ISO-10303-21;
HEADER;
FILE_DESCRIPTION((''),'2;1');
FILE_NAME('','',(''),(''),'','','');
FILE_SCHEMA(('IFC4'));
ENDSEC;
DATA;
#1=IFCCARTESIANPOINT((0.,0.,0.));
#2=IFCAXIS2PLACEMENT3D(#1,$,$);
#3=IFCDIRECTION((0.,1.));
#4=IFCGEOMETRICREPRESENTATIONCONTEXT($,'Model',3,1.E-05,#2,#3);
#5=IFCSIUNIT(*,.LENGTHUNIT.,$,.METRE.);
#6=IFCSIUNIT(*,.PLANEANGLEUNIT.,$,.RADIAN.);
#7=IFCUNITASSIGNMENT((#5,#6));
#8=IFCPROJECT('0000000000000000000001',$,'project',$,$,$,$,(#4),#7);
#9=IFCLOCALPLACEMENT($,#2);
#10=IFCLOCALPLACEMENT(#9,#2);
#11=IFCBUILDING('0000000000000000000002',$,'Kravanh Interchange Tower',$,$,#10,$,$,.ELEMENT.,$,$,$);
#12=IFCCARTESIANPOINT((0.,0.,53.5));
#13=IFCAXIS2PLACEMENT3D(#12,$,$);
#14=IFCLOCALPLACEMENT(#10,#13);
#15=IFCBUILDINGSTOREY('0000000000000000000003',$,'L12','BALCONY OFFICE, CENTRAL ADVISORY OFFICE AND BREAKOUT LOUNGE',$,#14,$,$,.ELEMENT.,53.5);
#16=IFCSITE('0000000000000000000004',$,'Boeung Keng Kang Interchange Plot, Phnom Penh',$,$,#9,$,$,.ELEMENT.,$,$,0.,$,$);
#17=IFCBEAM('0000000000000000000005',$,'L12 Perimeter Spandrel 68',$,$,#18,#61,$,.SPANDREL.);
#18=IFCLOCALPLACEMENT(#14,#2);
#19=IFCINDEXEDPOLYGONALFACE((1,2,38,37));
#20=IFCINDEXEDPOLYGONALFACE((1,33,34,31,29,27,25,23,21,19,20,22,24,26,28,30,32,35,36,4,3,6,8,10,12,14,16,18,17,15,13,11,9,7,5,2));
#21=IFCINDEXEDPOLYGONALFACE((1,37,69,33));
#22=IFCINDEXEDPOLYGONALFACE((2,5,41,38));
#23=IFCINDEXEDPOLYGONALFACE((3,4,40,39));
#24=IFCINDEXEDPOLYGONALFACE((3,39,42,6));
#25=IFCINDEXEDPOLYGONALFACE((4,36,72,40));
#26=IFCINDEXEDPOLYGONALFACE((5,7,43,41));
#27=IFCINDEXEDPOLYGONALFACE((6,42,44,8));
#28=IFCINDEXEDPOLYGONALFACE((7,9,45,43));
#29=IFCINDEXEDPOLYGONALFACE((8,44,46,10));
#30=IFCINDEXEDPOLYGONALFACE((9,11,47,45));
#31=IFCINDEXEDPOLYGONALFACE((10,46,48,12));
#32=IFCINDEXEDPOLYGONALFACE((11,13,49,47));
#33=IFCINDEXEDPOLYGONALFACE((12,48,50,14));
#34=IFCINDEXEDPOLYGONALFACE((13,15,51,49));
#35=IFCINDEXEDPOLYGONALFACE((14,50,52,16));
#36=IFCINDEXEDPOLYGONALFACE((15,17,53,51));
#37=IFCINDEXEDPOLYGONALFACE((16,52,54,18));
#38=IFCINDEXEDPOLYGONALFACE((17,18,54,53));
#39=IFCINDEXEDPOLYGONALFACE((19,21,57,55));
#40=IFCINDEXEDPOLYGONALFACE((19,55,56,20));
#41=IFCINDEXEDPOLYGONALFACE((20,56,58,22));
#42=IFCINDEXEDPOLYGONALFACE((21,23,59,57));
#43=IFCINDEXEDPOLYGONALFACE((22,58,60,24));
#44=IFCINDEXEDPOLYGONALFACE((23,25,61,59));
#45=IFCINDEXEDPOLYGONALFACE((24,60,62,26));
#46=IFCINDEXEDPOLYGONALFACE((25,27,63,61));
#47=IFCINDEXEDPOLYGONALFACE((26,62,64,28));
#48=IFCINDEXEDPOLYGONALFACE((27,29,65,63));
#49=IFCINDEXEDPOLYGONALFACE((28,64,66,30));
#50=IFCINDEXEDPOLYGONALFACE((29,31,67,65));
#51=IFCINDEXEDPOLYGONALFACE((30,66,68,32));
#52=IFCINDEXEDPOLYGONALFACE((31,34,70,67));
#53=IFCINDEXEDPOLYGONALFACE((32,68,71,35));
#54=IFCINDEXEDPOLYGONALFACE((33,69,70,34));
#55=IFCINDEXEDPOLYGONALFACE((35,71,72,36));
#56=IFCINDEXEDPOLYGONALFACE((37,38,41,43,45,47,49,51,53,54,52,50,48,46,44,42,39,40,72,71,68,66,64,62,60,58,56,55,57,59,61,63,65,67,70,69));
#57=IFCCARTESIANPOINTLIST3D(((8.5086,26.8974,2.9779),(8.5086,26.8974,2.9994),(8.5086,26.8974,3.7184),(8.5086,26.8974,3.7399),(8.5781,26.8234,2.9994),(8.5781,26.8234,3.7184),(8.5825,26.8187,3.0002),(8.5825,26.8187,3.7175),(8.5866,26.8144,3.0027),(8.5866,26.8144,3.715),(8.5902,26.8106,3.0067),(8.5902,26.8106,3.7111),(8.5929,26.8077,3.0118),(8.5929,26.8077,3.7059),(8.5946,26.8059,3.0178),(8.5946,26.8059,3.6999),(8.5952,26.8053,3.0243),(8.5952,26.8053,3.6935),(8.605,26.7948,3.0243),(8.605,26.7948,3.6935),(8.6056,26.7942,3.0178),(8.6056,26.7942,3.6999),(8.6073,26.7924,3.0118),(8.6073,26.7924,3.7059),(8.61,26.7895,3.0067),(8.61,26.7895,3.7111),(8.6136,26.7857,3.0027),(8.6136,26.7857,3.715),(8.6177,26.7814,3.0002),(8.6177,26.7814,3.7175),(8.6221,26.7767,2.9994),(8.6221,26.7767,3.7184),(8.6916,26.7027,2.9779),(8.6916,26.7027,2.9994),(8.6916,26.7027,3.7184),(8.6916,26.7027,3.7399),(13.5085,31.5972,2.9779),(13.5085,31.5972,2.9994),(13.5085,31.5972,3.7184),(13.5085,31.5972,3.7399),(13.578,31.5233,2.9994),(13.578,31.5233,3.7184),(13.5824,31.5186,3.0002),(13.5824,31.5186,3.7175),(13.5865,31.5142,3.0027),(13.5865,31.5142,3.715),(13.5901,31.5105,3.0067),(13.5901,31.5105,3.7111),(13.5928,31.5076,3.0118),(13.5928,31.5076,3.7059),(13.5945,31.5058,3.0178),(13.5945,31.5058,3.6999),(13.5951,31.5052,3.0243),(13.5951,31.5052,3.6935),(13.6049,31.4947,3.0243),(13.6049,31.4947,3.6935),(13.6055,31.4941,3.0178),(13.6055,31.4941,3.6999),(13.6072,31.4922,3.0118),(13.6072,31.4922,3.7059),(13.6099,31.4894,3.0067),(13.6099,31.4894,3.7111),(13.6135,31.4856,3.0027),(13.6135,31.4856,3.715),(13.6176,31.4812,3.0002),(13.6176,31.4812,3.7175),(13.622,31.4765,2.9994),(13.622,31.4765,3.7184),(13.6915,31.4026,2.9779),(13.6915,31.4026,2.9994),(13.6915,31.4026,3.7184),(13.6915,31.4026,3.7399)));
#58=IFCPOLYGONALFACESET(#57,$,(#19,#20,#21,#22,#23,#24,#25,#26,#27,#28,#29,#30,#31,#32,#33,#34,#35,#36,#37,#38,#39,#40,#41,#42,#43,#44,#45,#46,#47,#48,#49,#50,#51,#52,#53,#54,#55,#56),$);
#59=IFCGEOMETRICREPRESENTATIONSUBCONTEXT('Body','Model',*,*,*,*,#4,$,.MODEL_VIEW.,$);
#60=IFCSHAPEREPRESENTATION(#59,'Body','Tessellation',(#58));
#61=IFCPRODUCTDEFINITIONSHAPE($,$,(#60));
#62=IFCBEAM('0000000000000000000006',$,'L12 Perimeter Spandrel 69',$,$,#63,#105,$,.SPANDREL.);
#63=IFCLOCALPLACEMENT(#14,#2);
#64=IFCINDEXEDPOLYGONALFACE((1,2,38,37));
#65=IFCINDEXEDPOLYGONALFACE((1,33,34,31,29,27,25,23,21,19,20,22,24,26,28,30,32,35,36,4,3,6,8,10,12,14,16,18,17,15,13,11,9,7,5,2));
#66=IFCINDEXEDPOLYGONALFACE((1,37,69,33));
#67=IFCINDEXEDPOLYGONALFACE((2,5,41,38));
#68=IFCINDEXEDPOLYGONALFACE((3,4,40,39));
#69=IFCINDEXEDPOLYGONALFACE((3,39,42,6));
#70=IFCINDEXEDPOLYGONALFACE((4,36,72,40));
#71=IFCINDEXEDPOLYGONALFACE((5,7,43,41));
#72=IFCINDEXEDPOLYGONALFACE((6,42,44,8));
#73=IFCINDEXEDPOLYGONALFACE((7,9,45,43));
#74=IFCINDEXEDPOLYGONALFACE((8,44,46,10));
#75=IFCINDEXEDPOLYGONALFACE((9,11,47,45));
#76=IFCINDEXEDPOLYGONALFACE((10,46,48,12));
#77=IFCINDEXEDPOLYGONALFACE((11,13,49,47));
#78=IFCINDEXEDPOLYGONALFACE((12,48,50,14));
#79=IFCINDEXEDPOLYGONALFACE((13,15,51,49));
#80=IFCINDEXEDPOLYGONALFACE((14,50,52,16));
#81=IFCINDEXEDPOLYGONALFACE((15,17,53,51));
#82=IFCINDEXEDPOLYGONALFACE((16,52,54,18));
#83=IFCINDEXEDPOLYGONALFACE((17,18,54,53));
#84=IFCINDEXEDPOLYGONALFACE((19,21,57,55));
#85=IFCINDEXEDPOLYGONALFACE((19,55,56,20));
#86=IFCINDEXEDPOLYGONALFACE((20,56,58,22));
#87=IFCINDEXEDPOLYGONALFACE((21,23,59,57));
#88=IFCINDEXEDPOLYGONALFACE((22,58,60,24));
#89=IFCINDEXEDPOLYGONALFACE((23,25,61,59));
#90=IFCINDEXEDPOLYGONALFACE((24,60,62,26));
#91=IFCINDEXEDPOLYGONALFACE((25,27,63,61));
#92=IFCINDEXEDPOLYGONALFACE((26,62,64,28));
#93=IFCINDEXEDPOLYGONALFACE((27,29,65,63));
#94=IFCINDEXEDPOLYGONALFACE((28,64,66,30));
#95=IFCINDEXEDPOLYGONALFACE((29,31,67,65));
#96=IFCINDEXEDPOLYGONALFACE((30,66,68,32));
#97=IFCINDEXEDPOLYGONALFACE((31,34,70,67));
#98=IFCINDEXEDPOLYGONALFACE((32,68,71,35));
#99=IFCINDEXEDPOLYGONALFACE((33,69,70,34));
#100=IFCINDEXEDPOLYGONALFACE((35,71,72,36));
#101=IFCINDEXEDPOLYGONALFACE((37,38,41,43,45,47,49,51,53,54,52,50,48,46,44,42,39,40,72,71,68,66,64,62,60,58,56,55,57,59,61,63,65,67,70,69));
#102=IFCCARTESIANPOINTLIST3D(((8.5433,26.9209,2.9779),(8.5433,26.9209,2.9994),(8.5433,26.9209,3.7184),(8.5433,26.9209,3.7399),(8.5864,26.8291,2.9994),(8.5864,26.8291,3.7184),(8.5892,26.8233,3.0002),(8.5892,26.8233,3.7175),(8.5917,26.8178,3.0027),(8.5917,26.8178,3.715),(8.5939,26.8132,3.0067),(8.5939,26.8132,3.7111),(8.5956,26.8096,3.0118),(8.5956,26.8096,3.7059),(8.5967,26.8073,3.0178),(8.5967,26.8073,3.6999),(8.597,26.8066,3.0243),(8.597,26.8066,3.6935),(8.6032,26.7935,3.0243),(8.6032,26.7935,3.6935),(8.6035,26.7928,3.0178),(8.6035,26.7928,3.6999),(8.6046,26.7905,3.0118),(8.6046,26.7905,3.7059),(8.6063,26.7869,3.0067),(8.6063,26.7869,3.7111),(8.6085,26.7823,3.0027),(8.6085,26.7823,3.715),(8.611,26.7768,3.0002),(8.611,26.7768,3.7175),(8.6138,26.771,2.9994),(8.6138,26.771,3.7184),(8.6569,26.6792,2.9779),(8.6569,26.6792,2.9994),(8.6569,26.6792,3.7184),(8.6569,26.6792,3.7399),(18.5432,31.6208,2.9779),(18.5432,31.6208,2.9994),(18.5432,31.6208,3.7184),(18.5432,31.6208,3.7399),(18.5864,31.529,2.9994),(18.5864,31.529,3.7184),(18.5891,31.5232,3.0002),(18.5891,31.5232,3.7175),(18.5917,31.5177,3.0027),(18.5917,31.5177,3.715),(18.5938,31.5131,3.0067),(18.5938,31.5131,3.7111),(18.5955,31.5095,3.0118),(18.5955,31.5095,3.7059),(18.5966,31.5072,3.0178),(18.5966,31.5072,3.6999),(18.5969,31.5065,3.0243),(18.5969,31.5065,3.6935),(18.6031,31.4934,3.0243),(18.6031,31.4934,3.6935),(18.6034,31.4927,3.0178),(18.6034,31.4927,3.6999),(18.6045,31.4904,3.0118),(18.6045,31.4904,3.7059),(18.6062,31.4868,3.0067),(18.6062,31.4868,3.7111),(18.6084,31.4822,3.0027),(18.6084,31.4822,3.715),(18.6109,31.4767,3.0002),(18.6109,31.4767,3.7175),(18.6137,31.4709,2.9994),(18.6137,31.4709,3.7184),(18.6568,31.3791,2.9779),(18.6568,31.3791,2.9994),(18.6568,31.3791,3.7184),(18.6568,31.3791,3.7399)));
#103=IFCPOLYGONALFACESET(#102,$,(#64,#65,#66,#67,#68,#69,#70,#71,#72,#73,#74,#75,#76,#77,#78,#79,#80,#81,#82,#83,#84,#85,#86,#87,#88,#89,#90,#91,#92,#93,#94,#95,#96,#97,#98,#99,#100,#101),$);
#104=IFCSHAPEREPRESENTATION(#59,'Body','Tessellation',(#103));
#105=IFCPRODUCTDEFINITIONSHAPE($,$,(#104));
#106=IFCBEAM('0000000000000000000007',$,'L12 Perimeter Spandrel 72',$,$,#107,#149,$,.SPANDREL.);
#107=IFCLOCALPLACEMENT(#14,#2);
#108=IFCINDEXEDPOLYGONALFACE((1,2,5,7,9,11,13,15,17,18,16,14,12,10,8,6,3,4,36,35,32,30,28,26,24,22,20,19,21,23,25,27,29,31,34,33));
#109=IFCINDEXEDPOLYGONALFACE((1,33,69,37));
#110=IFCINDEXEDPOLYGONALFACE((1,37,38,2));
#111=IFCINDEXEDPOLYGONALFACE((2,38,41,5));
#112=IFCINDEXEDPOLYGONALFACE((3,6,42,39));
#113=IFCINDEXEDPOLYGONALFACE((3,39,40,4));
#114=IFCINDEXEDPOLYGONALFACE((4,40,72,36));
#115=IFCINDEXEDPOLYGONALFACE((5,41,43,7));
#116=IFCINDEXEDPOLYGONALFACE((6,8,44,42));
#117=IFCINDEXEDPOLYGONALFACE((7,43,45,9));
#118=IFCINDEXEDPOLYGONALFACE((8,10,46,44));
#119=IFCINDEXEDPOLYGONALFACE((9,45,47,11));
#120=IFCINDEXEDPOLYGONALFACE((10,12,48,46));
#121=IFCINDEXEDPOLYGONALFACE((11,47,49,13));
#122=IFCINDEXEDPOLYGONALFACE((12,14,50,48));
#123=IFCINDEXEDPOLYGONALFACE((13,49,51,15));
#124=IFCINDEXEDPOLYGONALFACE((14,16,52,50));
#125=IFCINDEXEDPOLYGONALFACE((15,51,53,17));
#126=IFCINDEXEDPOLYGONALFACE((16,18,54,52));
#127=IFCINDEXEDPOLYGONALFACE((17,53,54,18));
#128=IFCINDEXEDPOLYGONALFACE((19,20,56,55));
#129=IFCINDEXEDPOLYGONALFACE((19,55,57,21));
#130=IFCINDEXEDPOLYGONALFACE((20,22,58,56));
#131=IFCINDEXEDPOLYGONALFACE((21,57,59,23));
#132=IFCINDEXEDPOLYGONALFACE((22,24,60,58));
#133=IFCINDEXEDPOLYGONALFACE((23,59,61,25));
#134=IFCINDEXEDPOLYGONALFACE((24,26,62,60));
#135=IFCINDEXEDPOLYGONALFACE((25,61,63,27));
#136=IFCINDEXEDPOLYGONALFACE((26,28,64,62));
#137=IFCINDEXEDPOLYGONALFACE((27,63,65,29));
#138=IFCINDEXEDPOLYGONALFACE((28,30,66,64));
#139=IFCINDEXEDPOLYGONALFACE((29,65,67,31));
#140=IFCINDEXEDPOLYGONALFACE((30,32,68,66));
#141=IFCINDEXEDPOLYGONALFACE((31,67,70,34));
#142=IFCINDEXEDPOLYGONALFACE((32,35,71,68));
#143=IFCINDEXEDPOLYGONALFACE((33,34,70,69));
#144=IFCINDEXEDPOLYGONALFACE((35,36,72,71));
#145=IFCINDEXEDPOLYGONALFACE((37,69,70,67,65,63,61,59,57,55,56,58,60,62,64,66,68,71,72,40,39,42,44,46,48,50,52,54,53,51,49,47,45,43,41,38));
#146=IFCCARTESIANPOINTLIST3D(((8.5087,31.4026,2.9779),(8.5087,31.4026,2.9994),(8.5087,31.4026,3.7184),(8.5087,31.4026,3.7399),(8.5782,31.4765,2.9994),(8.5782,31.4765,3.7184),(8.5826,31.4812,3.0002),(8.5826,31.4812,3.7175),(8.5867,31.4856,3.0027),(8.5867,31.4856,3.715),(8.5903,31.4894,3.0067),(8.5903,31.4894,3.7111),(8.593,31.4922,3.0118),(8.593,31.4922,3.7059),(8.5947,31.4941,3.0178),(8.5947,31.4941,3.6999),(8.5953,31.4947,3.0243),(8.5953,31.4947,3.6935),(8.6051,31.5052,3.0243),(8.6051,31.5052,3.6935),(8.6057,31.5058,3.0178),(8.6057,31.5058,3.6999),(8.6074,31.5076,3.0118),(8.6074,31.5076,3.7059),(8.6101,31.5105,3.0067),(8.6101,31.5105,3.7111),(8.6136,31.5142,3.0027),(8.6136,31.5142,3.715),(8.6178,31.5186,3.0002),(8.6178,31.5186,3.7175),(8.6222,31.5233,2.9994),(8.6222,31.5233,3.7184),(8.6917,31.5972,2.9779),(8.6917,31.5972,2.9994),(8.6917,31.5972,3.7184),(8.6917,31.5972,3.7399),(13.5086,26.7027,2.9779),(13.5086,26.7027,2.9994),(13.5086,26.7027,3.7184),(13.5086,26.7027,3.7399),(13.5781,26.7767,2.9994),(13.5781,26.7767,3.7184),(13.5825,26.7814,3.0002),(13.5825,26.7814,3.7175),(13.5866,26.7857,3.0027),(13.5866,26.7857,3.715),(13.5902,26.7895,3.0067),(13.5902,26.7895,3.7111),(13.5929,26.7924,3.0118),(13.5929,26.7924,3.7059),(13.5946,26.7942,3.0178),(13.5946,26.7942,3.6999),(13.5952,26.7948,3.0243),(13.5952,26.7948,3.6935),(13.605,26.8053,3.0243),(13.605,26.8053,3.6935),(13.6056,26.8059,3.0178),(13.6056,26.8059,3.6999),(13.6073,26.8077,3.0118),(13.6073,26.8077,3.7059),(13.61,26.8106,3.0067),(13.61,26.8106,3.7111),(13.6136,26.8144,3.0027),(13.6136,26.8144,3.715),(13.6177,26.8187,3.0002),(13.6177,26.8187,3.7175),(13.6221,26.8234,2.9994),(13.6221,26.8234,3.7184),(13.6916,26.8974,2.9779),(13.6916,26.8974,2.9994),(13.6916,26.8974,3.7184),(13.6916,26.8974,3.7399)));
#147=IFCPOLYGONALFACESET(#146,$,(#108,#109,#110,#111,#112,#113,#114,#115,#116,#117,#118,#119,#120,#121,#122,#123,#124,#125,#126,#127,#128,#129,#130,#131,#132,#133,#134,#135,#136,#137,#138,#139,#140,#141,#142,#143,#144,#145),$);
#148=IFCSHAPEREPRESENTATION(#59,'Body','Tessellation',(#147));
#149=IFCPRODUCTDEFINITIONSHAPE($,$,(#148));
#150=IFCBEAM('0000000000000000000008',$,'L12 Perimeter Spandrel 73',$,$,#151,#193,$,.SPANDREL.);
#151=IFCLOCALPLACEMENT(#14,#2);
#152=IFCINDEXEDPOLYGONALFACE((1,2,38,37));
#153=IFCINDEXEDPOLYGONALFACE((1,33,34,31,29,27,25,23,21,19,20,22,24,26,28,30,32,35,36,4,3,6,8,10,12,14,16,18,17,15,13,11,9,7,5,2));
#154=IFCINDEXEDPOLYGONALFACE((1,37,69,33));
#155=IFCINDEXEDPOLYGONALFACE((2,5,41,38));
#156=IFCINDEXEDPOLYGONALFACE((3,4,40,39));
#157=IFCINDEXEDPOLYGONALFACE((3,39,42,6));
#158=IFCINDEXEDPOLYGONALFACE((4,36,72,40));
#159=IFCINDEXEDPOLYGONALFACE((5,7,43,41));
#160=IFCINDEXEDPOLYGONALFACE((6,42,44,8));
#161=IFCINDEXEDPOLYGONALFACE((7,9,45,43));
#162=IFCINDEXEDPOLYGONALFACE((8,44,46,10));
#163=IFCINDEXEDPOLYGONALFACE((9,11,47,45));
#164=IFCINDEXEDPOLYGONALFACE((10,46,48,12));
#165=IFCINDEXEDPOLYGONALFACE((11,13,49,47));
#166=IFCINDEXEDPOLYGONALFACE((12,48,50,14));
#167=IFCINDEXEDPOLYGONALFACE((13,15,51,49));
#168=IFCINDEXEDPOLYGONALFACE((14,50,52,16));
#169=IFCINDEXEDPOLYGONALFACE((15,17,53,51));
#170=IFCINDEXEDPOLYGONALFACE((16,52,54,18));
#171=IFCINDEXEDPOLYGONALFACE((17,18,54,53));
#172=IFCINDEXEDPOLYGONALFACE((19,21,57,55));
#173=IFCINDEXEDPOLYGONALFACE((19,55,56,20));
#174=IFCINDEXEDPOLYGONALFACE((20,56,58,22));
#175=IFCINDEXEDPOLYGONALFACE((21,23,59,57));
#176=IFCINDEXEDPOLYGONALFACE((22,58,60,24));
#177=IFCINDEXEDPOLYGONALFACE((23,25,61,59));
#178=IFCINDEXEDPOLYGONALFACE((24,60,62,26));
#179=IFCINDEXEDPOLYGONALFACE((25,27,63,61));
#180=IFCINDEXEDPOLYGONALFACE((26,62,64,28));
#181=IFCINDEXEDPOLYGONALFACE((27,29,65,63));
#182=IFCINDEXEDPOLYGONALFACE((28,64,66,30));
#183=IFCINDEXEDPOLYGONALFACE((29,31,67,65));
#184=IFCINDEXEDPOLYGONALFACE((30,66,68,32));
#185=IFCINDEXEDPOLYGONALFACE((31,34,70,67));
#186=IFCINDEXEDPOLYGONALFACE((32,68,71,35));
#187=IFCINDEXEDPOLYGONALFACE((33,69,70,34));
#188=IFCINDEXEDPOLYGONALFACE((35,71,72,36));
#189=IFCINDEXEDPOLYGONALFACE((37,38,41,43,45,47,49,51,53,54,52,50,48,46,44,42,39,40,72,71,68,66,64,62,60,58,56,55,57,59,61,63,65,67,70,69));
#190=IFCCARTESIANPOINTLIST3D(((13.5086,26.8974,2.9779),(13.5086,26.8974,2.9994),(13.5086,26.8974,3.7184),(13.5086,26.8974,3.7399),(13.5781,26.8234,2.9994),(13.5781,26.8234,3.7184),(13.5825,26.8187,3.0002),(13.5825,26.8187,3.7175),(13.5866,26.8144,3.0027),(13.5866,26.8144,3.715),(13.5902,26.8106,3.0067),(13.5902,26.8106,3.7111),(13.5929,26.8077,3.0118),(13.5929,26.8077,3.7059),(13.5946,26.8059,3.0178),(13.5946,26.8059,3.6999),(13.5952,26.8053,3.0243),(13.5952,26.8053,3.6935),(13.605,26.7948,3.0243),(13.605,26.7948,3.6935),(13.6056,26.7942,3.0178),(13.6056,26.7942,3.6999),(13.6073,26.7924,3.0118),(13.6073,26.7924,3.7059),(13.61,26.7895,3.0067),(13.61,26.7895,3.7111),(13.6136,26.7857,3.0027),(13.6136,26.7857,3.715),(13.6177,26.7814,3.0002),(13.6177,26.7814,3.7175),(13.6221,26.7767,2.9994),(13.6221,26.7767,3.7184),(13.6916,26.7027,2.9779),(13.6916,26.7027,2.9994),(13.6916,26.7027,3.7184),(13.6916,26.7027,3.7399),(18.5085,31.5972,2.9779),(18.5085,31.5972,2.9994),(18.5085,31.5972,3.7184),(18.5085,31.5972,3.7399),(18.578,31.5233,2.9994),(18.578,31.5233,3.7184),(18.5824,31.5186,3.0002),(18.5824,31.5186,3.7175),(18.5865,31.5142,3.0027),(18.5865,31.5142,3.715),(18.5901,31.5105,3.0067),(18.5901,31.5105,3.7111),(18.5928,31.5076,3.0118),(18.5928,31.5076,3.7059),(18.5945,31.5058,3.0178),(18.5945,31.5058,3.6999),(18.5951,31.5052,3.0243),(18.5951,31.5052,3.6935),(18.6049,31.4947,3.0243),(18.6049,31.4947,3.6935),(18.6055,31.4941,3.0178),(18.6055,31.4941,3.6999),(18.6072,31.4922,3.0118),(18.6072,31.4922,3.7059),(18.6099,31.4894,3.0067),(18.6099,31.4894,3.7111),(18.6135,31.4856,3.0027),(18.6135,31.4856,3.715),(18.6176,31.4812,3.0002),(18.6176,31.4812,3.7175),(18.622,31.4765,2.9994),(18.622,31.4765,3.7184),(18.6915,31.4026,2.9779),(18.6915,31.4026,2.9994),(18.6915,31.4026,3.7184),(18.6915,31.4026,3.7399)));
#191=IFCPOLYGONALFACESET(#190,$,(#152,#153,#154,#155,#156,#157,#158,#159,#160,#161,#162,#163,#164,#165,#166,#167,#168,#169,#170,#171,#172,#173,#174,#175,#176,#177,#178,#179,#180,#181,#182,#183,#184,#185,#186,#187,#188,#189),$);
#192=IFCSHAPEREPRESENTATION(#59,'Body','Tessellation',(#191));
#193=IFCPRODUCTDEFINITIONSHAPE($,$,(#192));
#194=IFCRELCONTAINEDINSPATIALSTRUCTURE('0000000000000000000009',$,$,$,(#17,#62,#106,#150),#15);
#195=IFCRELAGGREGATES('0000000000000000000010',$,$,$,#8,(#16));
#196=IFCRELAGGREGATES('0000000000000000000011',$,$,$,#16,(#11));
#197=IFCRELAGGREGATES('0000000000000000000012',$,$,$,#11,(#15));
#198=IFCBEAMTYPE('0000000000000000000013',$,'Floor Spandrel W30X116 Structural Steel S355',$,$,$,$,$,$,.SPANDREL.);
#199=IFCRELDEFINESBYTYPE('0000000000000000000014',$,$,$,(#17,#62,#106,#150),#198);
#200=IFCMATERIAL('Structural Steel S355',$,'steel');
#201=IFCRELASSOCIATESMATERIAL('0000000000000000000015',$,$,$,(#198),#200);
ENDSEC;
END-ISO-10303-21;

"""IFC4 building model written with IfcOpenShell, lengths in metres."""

from ifc_helpers import new_model, si_unit, direction, frame, origin, origin_2d, place, context, subcontext, project, spatial, i_section, extrude, material, material_profile, profile_set, type_object, element, save


model = new_model("IFC4")

# Units and contexts
model_context = context("Model", 3, precision=1e-05, world=origin(), true_north=direction((0.0, 1.0)))
body_context = subcontext(model_context, "Body", "Model", "MODEL_VIEW")
ifc_project = project(units=[si_unit("LENGTHUNIT", "METRE"), si_unit("PLANEANGLEUNIT", "RADIAN")], contexts=[model_context])

# Site, building, storey
site_placement = place(None, origin())
site = spatial("IfcSite", under=ifc_project, at=site_placement, Name="Boeung Keng Kang Interchange Plot, Phnom Penh", CompositionType="ELEMENT", RefElevation=0.0)
building_placement = place(site_placement, origin())
building = spatial("IfcBuilding", under=site, at=building_placement, Name="Kravanh Interchange Tower", CompositionType="ELEMENT")
storey_placement = place(building_placement, frame((0.0, 0.0, 53.5)))
storey = spatial("IfcBuildingStorey", under=building, at=storey_placement, Name="L12", Description="BALCONY OFFICE, CENTRAL ADVISORY OFFICE AND BREAKOUT LOUNGE", CompositionType="ELEMENT", Elevation=53.5)

# Beams
ifc_material_1 = material(Name="Structural Steel S355", Category="steel")
ifc_material_profile_1 = material_profile(ifc_material_1, i_section(OverallWidth=0.2671, OverallDepth=0.762, WebThickness=0.0144, FlangeThickness=0.0215, FilletRadius=0.0249, at=origin_2d()), Name="W30X116")
ifc_profile_set_1 = profile_set([ifc_material_profile_1], Name="Structural Steel S355")
beam_type_1 = type_object("IfcBeamType", Name="Floor Spandrel W30X116 Structural Steel S355", PredefinedType="SPANDREL", material=ifc_profile_set_1)
beam_1_placement = place(storey_placement, frame((8.6001, 26.8, 3.3589), z_axis=(0.728631, 0.684906, 0.0), x_axis=(-0.684906, 0.728631, 0.0)))
element("IfcBeam", 1, at=beam_1_placement, inside=storey, type_object=beam_type_1, Name="L12 Perimeter Spandrel 68", PredefinedType="SPANDREL", context=body_context, shape_type="SweptSolid", body=[
    extrude(i_section(OverallWidth=0.2671, OverallDepth=0.762, WebThickness=0.0144, FlangeThickness=0.0215, FilletRadius=0.0249, at=origin_2d()), origin(), (0.0, 0.0, 1.0), 6.8621),
])
beam_2_placement = place(storey_placement, frame((8.6001, 26.8, 3.3589), z_axis=(0.905025, 0.425358, 0.0), x_axis=(-0.425358, 0.905025, 0.0)))
element("IfcBeam", 2, at=beam_2_placement, inside=storey, type_object=beam_type_1, Name="L12 Perimeter Spandrel 69", PredefinedType="SPANDREL", context=body_context, shape_type="SweptSolid", body=[
    extrude(i_section(OverallWidth=0.2671, OverallDepth=0.762, WebThickness=0.0144, FlangeThickness=0.0215, FilletRadius=0.0249, at=origin_2d()), origin(), (0.0, 0.0, 1.0), 11.0493),
])
for number, where, z_axis, x_axis, name in (
    (3, (13.6001, 26.8, 3.3589), (-0.728631, 0.684906, 0.0), (-0.684906, -0.728631, 0.0), "L12 Perimeter Spandrel 72"),
    (4, (13.6001, 26.8, 3.3589), (0.728631, 0.684906, 0.0), (-0.684906, 0.728631, 0.0), "L12 Perimeter Spandrel 73"),
):
    element("IfcBeam", number, at=place(storey_placement, frame(where, z_axis=z_axis, x_axis=x_axis)), inside=storey, type_object=beam_type_1, Name=name, PredefinedType="SPANDREL", context=body_context, shape_type="SweptSolid", body=[
        extrude(i_section(OverallWidth=0.2671, OverallDepth=0.762, WebThickness=0.0144, FlangeThickness=0.0215, FilletRadius=0.0249, at=origin_2d()), origin(), (0.0, 0.0, 1.0), 6.8621),
    ])

save(model, "model.ifc")
